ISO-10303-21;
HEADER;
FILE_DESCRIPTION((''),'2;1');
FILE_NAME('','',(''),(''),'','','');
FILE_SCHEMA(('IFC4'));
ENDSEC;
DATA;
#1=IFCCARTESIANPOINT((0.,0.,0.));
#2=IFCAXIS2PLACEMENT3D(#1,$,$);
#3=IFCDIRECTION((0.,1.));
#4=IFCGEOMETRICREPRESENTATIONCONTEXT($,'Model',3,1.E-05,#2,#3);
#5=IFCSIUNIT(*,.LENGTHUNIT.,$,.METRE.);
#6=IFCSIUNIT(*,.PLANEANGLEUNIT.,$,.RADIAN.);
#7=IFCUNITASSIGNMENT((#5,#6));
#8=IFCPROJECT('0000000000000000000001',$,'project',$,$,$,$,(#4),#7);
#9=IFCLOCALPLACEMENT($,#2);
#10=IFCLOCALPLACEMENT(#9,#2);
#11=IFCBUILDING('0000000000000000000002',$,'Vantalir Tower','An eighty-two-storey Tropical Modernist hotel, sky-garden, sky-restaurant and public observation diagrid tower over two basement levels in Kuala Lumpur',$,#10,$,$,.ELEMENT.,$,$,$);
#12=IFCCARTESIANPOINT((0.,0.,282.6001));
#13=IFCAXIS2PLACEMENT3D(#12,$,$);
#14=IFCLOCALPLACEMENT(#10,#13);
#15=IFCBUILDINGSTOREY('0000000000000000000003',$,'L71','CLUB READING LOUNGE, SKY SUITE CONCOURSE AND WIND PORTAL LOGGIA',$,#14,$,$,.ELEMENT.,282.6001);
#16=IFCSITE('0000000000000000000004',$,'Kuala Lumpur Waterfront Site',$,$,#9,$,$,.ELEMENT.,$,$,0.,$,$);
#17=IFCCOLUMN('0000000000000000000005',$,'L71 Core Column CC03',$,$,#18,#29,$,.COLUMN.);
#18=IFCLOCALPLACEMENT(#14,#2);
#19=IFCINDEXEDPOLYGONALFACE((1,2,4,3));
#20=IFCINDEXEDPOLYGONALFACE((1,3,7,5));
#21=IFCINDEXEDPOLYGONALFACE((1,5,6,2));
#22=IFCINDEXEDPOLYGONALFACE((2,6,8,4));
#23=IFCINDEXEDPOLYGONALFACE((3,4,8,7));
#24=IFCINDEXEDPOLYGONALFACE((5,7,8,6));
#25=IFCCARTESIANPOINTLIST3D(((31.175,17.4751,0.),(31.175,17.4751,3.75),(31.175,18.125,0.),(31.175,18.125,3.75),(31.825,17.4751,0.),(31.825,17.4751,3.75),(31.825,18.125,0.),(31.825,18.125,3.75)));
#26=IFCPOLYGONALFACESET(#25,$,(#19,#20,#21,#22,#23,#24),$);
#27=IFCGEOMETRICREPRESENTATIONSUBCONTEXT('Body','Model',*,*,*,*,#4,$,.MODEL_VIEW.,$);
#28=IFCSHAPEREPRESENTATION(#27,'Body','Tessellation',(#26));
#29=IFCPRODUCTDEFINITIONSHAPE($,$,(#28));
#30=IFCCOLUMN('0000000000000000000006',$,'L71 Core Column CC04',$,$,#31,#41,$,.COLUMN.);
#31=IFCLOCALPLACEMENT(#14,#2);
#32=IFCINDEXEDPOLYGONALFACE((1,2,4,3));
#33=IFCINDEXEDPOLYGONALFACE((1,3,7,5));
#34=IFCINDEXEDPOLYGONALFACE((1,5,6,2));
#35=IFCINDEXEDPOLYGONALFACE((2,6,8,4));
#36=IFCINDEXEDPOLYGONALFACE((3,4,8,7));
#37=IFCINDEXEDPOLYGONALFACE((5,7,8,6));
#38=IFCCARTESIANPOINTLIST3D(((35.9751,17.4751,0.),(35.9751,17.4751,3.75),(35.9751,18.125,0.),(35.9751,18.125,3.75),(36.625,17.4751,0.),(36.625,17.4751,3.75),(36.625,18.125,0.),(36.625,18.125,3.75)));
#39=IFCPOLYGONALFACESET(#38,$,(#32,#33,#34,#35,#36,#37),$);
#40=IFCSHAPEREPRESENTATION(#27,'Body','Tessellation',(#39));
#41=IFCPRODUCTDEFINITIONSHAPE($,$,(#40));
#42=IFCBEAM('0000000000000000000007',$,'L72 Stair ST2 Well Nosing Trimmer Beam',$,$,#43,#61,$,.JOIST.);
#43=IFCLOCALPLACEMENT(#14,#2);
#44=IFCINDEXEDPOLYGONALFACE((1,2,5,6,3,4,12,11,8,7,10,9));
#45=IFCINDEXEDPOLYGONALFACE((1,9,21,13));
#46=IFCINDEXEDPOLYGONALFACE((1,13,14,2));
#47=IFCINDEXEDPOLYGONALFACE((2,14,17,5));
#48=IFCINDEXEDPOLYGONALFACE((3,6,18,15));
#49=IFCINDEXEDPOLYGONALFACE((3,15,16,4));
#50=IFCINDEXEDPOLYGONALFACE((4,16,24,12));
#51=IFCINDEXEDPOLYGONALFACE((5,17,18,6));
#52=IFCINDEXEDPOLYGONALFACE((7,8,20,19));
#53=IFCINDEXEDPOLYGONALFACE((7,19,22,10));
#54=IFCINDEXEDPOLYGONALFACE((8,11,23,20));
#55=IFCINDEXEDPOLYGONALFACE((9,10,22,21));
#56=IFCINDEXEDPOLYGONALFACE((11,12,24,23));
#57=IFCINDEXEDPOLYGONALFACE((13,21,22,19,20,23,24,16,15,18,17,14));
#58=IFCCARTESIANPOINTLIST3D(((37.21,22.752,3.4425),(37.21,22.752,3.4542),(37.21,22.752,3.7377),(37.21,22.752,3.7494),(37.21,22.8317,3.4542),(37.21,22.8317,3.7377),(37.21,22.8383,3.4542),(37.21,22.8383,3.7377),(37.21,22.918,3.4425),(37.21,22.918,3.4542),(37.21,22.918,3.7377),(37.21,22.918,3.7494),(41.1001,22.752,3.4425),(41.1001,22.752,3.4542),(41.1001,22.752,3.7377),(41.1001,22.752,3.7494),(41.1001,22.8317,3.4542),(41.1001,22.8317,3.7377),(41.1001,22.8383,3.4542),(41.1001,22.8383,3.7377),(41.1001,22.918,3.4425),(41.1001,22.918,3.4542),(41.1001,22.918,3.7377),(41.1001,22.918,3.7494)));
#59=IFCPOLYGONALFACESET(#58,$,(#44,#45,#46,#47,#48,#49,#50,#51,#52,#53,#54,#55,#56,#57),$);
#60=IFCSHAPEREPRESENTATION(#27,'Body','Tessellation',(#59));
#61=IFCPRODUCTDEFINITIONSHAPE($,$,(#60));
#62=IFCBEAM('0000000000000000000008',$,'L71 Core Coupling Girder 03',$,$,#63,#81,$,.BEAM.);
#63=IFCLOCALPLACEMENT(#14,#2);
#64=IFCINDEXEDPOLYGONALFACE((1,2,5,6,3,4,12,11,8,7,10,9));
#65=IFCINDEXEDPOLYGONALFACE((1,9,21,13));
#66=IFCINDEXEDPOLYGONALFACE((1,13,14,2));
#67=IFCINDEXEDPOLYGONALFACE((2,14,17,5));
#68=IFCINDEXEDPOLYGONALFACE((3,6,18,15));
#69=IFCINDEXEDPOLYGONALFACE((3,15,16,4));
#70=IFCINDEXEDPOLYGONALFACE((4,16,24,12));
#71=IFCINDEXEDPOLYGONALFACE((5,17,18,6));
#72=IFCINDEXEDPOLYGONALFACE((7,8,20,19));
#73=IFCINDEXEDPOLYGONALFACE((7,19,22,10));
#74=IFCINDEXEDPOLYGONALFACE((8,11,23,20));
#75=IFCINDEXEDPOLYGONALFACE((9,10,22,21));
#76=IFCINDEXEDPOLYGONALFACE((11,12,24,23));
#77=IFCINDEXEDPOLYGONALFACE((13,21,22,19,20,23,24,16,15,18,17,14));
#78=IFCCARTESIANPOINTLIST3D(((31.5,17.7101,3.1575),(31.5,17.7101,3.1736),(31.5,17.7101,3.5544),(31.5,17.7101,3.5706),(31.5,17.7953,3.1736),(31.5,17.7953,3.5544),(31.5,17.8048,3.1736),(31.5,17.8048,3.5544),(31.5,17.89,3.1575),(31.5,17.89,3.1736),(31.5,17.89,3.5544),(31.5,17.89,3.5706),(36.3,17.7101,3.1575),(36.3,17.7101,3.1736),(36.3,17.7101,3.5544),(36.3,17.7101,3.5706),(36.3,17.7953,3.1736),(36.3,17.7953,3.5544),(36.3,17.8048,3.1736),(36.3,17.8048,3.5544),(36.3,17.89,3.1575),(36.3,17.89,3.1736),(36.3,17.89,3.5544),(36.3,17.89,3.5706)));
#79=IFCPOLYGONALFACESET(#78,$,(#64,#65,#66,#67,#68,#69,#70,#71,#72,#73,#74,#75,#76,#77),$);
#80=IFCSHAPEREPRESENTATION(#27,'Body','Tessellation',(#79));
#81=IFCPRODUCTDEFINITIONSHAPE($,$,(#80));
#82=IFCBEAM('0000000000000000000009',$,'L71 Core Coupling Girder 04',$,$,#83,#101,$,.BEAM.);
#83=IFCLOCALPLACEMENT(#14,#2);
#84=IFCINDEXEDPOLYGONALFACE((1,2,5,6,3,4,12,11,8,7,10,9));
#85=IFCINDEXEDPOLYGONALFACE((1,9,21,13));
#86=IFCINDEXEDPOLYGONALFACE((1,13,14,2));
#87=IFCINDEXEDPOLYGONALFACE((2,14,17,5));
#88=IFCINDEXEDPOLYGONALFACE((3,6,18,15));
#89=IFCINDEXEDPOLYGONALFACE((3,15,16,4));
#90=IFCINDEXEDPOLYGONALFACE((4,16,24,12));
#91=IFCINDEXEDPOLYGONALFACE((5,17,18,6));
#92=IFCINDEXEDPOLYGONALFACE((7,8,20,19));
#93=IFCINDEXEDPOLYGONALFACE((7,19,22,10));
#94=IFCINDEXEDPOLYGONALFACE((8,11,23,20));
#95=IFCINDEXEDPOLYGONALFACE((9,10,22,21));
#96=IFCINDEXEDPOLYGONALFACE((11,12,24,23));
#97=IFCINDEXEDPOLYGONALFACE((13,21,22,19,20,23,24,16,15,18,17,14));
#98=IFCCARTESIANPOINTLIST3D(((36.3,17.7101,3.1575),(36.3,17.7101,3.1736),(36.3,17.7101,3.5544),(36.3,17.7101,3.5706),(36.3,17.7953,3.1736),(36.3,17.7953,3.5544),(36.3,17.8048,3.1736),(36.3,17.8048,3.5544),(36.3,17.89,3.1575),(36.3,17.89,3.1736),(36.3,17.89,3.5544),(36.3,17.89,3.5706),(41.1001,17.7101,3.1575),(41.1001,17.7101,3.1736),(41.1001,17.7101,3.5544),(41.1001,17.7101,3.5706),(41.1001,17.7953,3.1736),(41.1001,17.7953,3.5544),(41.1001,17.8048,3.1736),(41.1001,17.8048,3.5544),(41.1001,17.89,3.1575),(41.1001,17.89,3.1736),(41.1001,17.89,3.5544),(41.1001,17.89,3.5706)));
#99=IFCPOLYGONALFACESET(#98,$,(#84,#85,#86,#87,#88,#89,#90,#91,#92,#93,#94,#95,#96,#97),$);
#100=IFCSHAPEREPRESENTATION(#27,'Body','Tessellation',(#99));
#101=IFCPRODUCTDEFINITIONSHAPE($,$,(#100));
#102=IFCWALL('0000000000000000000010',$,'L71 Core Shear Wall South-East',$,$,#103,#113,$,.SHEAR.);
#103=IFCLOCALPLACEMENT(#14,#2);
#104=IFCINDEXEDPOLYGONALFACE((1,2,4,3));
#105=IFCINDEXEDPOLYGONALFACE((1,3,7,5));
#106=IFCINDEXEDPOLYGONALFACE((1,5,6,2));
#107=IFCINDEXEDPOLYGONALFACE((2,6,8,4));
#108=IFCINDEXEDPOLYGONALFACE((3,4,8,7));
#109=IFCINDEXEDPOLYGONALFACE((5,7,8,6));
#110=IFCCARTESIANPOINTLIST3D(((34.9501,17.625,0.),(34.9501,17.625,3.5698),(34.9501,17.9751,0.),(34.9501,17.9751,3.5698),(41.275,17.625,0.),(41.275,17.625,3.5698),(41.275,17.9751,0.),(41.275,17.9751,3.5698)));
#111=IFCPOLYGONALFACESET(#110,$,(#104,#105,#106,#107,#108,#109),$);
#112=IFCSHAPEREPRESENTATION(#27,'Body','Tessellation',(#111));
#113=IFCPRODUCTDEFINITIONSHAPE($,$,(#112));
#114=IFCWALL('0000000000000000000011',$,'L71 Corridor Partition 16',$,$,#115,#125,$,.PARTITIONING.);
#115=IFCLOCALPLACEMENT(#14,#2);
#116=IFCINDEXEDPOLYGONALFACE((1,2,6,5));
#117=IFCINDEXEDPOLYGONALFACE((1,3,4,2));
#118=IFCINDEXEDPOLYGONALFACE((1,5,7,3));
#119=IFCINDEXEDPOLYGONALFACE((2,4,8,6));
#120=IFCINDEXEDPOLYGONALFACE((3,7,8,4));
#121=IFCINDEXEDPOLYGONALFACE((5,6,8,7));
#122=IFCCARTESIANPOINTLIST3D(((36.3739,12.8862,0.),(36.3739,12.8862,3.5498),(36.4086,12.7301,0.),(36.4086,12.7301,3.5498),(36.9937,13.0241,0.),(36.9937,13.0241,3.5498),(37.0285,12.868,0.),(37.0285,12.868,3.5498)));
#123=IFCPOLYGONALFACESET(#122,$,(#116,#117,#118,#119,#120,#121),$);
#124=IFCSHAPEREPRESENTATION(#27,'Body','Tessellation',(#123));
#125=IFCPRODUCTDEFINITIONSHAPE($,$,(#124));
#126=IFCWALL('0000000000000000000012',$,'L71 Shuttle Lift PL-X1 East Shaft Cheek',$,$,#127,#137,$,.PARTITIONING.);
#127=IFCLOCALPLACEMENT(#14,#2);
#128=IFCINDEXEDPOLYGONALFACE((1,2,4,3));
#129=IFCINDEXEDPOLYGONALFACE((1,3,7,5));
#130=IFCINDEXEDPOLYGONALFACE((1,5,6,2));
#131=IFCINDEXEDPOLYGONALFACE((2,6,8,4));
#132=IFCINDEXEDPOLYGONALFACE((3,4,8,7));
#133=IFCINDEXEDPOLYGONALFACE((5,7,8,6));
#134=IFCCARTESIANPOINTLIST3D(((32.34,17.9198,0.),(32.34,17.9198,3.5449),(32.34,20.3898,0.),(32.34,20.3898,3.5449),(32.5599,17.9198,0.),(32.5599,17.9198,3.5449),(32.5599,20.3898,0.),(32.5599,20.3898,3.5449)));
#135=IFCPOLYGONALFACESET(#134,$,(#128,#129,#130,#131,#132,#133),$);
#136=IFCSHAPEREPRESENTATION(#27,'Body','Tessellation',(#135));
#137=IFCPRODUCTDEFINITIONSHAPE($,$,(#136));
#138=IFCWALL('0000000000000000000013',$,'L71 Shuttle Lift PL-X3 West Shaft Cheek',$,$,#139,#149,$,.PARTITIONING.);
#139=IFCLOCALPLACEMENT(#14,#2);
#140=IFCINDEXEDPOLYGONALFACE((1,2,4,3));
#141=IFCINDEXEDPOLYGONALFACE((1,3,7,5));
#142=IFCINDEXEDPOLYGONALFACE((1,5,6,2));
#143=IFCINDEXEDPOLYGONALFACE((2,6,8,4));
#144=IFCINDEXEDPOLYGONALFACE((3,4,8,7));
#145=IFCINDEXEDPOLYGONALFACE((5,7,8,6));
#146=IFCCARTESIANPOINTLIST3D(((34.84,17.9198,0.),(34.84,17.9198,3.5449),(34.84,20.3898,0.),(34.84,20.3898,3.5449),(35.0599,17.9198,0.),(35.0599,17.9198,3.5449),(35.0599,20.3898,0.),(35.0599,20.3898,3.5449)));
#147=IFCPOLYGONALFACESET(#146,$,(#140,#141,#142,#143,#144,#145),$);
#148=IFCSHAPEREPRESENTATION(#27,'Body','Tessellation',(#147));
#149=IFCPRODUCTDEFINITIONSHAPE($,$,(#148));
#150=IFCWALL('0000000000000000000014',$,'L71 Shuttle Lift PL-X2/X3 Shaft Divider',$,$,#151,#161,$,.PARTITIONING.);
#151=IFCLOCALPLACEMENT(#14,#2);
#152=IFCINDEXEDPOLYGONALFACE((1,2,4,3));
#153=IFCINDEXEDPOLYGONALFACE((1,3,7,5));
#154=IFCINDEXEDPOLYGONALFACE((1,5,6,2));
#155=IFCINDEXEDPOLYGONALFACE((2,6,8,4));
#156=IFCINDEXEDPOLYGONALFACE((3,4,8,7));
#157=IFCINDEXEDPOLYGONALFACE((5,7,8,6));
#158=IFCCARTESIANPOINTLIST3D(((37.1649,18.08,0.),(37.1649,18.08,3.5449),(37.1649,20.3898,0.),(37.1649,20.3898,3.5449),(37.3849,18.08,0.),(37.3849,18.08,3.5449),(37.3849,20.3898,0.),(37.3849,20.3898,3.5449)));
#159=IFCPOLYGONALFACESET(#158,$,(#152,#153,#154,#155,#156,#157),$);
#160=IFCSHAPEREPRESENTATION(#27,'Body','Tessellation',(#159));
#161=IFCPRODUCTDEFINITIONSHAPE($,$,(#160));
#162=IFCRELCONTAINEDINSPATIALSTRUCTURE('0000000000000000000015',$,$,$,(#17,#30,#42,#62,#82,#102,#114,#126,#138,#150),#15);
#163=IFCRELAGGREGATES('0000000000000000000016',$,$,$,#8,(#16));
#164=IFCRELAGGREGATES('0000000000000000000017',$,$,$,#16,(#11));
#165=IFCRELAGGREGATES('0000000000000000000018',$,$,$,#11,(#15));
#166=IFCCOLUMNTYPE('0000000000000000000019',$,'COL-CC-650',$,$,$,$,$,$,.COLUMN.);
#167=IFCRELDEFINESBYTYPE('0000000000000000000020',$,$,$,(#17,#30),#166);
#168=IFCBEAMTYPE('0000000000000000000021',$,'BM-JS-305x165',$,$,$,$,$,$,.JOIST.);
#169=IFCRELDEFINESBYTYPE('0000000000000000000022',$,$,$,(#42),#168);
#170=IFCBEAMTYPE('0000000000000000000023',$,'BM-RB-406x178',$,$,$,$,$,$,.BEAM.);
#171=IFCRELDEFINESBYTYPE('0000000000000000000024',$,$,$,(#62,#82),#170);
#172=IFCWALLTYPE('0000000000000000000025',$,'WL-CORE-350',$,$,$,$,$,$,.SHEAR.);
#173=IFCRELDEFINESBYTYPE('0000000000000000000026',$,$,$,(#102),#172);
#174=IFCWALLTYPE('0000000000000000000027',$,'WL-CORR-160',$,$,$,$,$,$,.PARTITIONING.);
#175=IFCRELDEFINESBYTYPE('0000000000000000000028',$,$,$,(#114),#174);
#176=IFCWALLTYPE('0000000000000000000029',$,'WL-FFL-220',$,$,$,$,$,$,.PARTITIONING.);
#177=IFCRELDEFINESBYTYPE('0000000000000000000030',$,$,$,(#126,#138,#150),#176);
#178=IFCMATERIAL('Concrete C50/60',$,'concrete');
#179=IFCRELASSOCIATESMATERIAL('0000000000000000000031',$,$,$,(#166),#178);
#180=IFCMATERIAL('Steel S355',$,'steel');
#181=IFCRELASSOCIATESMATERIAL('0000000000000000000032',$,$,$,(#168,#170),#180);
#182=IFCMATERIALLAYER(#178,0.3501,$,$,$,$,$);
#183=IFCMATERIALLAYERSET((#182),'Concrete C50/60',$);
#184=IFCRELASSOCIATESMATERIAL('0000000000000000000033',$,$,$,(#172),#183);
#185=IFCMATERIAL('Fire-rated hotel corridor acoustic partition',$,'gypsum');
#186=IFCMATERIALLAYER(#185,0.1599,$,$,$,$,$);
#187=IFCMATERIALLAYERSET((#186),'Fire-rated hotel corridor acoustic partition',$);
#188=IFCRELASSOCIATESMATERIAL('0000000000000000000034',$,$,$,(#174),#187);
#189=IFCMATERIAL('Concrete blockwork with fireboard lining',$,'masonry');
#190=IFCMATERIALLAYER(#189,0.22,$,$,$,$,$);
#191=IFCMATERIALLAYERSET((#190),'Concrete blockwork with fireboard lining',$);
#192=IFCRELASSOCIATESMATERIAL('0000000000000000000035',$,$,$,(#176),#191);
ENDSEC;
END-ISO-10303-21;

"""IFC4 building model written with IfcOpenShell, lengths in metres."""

from ifc_helpers import new_model, si_unit, direction, frame, frame_2d, origin, origin_2d, place, context, subcontext, project, spatial, rectangle, i_section, extrude, material, layer, layer_set, material_profile, profile_set, type_object, element, save


model = new_model("IFC4")

# Units and contexts
model_context = context("Model", 3, precision=1e-05, world=origin(), true_north=direction((0.0, 1.0)))
body_context = subcontext(model_context, "Body", "Model", "MODEL_VIEW")
ifc_project = project(units=[si_unit("LENGTHUNIT", "METRE"), si_unit("PLANEANGLEUNIT", "RADIAN")], contexts=[model_context])

# Site, building, storey
site_placement = place(None, origin())
site = spatial("IfcSite", under=ifc_project, at=site_placement, Name="Kuala Lumpur Waterfront Site", CompositionType="ELEMENT", RefElevation=0.0)
building_placement = place(site_placement, origin())
building = spatial("IfcBuilding", under=site, at=building_placement, Name="Vantalir Tower", Description="An eighty-two-storey Tropical Modernist hotel, sky-garden, sky-restaurant and public observation diagrid tower over two basement levels in Kuala Lumpur", CompositionType="ELEMENT")
storey_placement = place(building_placement, frame((0.0, 0.0, 282.6001)))
storey = spatial("IfcBuildingStorey", under=building, at=storey_placement, Name="L71", Description="CLUB READING LOUNGE, SKY SUITE CONCOURSE AND WIND PORTAL LOGGIA", CompositionType="ELEMENT", Elevation=282.6001)

# Columns
ifc_material_1 = material(Name="Concrete C50/60", Category="concrete")
ifc_material_profile_1 = material_profile(ifc_material_1, rectangle(XDim=0.6499, YDim=0.6499, at=origin_2d()), Name="Concrete C50/60")
ifc_profile_set_1 = profile_set([ifc_material_profile_1], Name="Concrete C50/60")
column_type = type_object("IfcColumnType", Name="COL-CC-650", PredefinedType="COLUMN", material=ifc_profile_set_1)
for number, where, z_axis, x_axis, name in (
    (1, (31.5, 17.8, 0.0), (0.0, 0.0, 1.0), (1.0, 0.0, 0.0), "L71 Core Column CC03"),
    (2, (36.3, 17.8, 0.0), (0.0, 0.0, 1.0), (1.0, 0.0, 0.0), "L71 Core Column CC04"),
):
    element("IfcColumn", number, at=place(storey_placement, frame(where, z_axis=z_axis, x_axis=x_axis)), inside=storey, type_object=column_type, Name=name, PredefinedType="COLUMN", context=body_context, shape_type="SweptSolid", body=[
        extrude(rectangle(XDim=0.6499, YDim=0.6499, at=origin_2d()), origin(), (0.0, 0.0, 1.0), 3.75),
    ])

# Beams
ifc_material_2 = material(Name="Steel S355", Category="steel")
ifc_material_profile_2 = material_profile(ifc_material_2, i_section(OverallWidth=0.166, OverallDepth=0.3069, WebThickness=0.0066, FlangeThickness=0.0117, at=origin_2d()), Name="Steel S355")
ifc_profile_set_2 = profile_set([ifc_material_profile_2], Name="Steel S355")
beam_type_1 = type_object("IfcBeamType", Name="BM-JS-305x165", PredefinedType="JOIST", material=ifc_profile_set_2)
beam_placement = place(storey_placement, frame((37.21, 22.835, 3.5959), z_axis=(1.0, 0.0, 0.0), x_axis=(0.0, 1.0, 0.0)))
element("IfcBeam", 3, at=beam_placement, inside=storey, type_object=beam_type_1, Name="L72 Stair ST2 Well Nosing Trimmer Beam", PredefinedType="JOIST", context=body_context, shape_type="SweptSolid", body=[
    extrude(i_section(OverallWidth=0.166, OverallDepth=0.3069, WebThickness=0.0066, FlangeThickness=0.0117, at=origin_2d()), origin(), (0.0, 0.0, 1.0), 3.8901),
])
ifc_material_profile_3 = material_profile(ifc_material_2, i_section(OverallWidth=0.1799, OverallDepth=0.4131, WebThickness=0.0095, FlangeThickness=0.0161, at=origin_2d()), Name="Steel S355")
ifc_profile_set_3 = profile_set([ifc_material_profile_3], Name="Steel S355")
beam_type_2 = type_object("IfcBeamType", Name="BM-RB-406x178", PredefinedType="BEAM", material=ifc_profile_set_3)
for number, where, z_axis, x_axis, name in (
    (4, (31.5, 17.8, 3.364), (1.0, 0.0, 0.0), (0.0, 1.0, 0.0), "L71 Core Coupling Girder 03"),
    (5, (36.3, 17.8, 3.364), (1.0, 0.0, 0.0), (0.0, 1.0, 0.0), "L71 Core Coupling Girder 04"),
):
    element("IfcBeam", number, at=place(storey_placement, frame(where, z_axis=z_axis, x_axis=x_axis)), inside=storey, type_object=beam_type_2, Name=name, PredefinedType="BEAM", context=body_context, shape_type="SweptSolid", body=[
        extrude(i_section(OverallWidth=0.1799, OverallDepth=0.4131, WebThickness=0.0095, FlangeThickness=0.0161, at=origin_2d()), origin(), (0.0, 0.0, 1.0), 4.8),
    ])

# Walls
ifc_layer_1 = layer(ifc_material_1, 0.3501)
ifc_layer_set_1 = layer_set([ifc_layer_1], Name="Concrete C50/60")
wall_type_1 = type_object("IfcWallType", Name="WL-CORE-350", PredefinedType="SHEAR", material=ifc_layer_set_1)
wall_1_placement = place(storey_placement, frame((34.95, 17.8, 0.0), z_axis=(0.0, 0.0, 1.0), x_axis=(1.0, 0.0, 0.0)))
element("IfcWall", 6, at=wall_1_placement, inside=storey, type_object=wall_type_1, Name="L71 Core Shear Wall South-East", PredefinedType="SHEAR", context=body_context, shape_type="SweptSolid", body=[
    extrude(rectangle(XDim=6.325, YDim=0.3501, at=frame_2d((3.1626, 0.0))), origin(), (0.0, 0.0, 1.0), 3.5698),
])
ifc_material_3 = material(Name="Fire-rated hotel corridor acoustic partition", Category="gypsum")
ifc_layer_2 = layer(ifc_material_3, 0.1599)
ifc_layer_set_2 = layer_set([ifc_layer_2], Name="Fire-rated hotel corridor acoustic partition")
wall_type_2 = type_object("IfcWallType", Name="WL-CORR-160", PredefinedType="PARTITIONING", material=ifc_layer_set_2)
wall_2_placement = place(storey_placement, frame((37.011, 12.946, 0.0), z_axis=(0.0, 0.0, 1.0), x_axis=(-0.976124, -0.217215, 0.0)))
element("IfcWall", 7, at=wall_2_placement, inside=storey, type_object=wall_type_2, Name="L71 Corridor Partition 16", PredefinedType="PARTITIONING", context=body_context, shape_type="SweptSolid", body=[
    extrude(rectangle(XDim=0.635, YDim=0.1599, at=frame_2d((0.3174, 0.0))), origin(), (0.0, 0.0, 1.0), 3.5498),
])
ifc_material_4 = material(Name="Concrete blockwork with fireboard lining", Category="masonry")
ifc_layer_3 = layer(ifc_material_4, 0.22)
ifc_layer_set_3 = layer_set([ifc_layer_3], Name="Concrete blockwork with fireboard lining")
wall_type_3 = type_object("IfcWallType", Name="WL-FFL-220", PredefinedType="PARTITIONING", material=ifc_layer_set_3)
for number, where, z_axis, x_axis, name in (
    (8, (32.45, 17.9199, 0.0), (0.0, 0.0, 1.0), (0.0, 1.0, 0.0), "L71 Shuttle Lift PL-X1 East Shaft Cheek"),
    (9, (34.95, 17.9199, 0.0), (0.0, 0.0, 1.0), (0.0, 1.0, 0.0), "L71 Shuttle Lift PL-X3 West Shaft Cheek"),
):
    element("IfcWall", number, at=place(storey_placement, frame(where, z_axis=z_axis, x_axis=x_axis)), inside=storey, type_object=wall_type_3, Name=name, PredefinedType="PARTITIONING", context=body_context, shape_type="SweptSolid", body=[
        extrude(rectangle(XDim=2.47, YDim=0.22, at=frame_2d((1.2349, 0.0))), origin(), (0.0, 0.0, 1.0), 3.5449),
    ])
wall_3_placement = place(storey_placement, frame((37.2749, 18.0801, 0.0), z_axis=(0.0, 0.0, 1.0), x_axis=(0.0, 1.0, 0.0)))
element("IfcWall", 10, at=wall_3_placement, inside=storey, type_object=wall_type_3, Name="L71 Shuttle Lift PL-X2/X3 Shaft Divider", PredefinedType="PARTITIONING", context=body_context, shape_type="SweptSolid", body=[
    extrude(rectangle(XDim=2.3098, YDim=0.22, at=frame_2d((1.1548, 0.0))), origin(), (0.0, 0.0, 1.0), 3.5449),
])

save(model, "model.ifc")
